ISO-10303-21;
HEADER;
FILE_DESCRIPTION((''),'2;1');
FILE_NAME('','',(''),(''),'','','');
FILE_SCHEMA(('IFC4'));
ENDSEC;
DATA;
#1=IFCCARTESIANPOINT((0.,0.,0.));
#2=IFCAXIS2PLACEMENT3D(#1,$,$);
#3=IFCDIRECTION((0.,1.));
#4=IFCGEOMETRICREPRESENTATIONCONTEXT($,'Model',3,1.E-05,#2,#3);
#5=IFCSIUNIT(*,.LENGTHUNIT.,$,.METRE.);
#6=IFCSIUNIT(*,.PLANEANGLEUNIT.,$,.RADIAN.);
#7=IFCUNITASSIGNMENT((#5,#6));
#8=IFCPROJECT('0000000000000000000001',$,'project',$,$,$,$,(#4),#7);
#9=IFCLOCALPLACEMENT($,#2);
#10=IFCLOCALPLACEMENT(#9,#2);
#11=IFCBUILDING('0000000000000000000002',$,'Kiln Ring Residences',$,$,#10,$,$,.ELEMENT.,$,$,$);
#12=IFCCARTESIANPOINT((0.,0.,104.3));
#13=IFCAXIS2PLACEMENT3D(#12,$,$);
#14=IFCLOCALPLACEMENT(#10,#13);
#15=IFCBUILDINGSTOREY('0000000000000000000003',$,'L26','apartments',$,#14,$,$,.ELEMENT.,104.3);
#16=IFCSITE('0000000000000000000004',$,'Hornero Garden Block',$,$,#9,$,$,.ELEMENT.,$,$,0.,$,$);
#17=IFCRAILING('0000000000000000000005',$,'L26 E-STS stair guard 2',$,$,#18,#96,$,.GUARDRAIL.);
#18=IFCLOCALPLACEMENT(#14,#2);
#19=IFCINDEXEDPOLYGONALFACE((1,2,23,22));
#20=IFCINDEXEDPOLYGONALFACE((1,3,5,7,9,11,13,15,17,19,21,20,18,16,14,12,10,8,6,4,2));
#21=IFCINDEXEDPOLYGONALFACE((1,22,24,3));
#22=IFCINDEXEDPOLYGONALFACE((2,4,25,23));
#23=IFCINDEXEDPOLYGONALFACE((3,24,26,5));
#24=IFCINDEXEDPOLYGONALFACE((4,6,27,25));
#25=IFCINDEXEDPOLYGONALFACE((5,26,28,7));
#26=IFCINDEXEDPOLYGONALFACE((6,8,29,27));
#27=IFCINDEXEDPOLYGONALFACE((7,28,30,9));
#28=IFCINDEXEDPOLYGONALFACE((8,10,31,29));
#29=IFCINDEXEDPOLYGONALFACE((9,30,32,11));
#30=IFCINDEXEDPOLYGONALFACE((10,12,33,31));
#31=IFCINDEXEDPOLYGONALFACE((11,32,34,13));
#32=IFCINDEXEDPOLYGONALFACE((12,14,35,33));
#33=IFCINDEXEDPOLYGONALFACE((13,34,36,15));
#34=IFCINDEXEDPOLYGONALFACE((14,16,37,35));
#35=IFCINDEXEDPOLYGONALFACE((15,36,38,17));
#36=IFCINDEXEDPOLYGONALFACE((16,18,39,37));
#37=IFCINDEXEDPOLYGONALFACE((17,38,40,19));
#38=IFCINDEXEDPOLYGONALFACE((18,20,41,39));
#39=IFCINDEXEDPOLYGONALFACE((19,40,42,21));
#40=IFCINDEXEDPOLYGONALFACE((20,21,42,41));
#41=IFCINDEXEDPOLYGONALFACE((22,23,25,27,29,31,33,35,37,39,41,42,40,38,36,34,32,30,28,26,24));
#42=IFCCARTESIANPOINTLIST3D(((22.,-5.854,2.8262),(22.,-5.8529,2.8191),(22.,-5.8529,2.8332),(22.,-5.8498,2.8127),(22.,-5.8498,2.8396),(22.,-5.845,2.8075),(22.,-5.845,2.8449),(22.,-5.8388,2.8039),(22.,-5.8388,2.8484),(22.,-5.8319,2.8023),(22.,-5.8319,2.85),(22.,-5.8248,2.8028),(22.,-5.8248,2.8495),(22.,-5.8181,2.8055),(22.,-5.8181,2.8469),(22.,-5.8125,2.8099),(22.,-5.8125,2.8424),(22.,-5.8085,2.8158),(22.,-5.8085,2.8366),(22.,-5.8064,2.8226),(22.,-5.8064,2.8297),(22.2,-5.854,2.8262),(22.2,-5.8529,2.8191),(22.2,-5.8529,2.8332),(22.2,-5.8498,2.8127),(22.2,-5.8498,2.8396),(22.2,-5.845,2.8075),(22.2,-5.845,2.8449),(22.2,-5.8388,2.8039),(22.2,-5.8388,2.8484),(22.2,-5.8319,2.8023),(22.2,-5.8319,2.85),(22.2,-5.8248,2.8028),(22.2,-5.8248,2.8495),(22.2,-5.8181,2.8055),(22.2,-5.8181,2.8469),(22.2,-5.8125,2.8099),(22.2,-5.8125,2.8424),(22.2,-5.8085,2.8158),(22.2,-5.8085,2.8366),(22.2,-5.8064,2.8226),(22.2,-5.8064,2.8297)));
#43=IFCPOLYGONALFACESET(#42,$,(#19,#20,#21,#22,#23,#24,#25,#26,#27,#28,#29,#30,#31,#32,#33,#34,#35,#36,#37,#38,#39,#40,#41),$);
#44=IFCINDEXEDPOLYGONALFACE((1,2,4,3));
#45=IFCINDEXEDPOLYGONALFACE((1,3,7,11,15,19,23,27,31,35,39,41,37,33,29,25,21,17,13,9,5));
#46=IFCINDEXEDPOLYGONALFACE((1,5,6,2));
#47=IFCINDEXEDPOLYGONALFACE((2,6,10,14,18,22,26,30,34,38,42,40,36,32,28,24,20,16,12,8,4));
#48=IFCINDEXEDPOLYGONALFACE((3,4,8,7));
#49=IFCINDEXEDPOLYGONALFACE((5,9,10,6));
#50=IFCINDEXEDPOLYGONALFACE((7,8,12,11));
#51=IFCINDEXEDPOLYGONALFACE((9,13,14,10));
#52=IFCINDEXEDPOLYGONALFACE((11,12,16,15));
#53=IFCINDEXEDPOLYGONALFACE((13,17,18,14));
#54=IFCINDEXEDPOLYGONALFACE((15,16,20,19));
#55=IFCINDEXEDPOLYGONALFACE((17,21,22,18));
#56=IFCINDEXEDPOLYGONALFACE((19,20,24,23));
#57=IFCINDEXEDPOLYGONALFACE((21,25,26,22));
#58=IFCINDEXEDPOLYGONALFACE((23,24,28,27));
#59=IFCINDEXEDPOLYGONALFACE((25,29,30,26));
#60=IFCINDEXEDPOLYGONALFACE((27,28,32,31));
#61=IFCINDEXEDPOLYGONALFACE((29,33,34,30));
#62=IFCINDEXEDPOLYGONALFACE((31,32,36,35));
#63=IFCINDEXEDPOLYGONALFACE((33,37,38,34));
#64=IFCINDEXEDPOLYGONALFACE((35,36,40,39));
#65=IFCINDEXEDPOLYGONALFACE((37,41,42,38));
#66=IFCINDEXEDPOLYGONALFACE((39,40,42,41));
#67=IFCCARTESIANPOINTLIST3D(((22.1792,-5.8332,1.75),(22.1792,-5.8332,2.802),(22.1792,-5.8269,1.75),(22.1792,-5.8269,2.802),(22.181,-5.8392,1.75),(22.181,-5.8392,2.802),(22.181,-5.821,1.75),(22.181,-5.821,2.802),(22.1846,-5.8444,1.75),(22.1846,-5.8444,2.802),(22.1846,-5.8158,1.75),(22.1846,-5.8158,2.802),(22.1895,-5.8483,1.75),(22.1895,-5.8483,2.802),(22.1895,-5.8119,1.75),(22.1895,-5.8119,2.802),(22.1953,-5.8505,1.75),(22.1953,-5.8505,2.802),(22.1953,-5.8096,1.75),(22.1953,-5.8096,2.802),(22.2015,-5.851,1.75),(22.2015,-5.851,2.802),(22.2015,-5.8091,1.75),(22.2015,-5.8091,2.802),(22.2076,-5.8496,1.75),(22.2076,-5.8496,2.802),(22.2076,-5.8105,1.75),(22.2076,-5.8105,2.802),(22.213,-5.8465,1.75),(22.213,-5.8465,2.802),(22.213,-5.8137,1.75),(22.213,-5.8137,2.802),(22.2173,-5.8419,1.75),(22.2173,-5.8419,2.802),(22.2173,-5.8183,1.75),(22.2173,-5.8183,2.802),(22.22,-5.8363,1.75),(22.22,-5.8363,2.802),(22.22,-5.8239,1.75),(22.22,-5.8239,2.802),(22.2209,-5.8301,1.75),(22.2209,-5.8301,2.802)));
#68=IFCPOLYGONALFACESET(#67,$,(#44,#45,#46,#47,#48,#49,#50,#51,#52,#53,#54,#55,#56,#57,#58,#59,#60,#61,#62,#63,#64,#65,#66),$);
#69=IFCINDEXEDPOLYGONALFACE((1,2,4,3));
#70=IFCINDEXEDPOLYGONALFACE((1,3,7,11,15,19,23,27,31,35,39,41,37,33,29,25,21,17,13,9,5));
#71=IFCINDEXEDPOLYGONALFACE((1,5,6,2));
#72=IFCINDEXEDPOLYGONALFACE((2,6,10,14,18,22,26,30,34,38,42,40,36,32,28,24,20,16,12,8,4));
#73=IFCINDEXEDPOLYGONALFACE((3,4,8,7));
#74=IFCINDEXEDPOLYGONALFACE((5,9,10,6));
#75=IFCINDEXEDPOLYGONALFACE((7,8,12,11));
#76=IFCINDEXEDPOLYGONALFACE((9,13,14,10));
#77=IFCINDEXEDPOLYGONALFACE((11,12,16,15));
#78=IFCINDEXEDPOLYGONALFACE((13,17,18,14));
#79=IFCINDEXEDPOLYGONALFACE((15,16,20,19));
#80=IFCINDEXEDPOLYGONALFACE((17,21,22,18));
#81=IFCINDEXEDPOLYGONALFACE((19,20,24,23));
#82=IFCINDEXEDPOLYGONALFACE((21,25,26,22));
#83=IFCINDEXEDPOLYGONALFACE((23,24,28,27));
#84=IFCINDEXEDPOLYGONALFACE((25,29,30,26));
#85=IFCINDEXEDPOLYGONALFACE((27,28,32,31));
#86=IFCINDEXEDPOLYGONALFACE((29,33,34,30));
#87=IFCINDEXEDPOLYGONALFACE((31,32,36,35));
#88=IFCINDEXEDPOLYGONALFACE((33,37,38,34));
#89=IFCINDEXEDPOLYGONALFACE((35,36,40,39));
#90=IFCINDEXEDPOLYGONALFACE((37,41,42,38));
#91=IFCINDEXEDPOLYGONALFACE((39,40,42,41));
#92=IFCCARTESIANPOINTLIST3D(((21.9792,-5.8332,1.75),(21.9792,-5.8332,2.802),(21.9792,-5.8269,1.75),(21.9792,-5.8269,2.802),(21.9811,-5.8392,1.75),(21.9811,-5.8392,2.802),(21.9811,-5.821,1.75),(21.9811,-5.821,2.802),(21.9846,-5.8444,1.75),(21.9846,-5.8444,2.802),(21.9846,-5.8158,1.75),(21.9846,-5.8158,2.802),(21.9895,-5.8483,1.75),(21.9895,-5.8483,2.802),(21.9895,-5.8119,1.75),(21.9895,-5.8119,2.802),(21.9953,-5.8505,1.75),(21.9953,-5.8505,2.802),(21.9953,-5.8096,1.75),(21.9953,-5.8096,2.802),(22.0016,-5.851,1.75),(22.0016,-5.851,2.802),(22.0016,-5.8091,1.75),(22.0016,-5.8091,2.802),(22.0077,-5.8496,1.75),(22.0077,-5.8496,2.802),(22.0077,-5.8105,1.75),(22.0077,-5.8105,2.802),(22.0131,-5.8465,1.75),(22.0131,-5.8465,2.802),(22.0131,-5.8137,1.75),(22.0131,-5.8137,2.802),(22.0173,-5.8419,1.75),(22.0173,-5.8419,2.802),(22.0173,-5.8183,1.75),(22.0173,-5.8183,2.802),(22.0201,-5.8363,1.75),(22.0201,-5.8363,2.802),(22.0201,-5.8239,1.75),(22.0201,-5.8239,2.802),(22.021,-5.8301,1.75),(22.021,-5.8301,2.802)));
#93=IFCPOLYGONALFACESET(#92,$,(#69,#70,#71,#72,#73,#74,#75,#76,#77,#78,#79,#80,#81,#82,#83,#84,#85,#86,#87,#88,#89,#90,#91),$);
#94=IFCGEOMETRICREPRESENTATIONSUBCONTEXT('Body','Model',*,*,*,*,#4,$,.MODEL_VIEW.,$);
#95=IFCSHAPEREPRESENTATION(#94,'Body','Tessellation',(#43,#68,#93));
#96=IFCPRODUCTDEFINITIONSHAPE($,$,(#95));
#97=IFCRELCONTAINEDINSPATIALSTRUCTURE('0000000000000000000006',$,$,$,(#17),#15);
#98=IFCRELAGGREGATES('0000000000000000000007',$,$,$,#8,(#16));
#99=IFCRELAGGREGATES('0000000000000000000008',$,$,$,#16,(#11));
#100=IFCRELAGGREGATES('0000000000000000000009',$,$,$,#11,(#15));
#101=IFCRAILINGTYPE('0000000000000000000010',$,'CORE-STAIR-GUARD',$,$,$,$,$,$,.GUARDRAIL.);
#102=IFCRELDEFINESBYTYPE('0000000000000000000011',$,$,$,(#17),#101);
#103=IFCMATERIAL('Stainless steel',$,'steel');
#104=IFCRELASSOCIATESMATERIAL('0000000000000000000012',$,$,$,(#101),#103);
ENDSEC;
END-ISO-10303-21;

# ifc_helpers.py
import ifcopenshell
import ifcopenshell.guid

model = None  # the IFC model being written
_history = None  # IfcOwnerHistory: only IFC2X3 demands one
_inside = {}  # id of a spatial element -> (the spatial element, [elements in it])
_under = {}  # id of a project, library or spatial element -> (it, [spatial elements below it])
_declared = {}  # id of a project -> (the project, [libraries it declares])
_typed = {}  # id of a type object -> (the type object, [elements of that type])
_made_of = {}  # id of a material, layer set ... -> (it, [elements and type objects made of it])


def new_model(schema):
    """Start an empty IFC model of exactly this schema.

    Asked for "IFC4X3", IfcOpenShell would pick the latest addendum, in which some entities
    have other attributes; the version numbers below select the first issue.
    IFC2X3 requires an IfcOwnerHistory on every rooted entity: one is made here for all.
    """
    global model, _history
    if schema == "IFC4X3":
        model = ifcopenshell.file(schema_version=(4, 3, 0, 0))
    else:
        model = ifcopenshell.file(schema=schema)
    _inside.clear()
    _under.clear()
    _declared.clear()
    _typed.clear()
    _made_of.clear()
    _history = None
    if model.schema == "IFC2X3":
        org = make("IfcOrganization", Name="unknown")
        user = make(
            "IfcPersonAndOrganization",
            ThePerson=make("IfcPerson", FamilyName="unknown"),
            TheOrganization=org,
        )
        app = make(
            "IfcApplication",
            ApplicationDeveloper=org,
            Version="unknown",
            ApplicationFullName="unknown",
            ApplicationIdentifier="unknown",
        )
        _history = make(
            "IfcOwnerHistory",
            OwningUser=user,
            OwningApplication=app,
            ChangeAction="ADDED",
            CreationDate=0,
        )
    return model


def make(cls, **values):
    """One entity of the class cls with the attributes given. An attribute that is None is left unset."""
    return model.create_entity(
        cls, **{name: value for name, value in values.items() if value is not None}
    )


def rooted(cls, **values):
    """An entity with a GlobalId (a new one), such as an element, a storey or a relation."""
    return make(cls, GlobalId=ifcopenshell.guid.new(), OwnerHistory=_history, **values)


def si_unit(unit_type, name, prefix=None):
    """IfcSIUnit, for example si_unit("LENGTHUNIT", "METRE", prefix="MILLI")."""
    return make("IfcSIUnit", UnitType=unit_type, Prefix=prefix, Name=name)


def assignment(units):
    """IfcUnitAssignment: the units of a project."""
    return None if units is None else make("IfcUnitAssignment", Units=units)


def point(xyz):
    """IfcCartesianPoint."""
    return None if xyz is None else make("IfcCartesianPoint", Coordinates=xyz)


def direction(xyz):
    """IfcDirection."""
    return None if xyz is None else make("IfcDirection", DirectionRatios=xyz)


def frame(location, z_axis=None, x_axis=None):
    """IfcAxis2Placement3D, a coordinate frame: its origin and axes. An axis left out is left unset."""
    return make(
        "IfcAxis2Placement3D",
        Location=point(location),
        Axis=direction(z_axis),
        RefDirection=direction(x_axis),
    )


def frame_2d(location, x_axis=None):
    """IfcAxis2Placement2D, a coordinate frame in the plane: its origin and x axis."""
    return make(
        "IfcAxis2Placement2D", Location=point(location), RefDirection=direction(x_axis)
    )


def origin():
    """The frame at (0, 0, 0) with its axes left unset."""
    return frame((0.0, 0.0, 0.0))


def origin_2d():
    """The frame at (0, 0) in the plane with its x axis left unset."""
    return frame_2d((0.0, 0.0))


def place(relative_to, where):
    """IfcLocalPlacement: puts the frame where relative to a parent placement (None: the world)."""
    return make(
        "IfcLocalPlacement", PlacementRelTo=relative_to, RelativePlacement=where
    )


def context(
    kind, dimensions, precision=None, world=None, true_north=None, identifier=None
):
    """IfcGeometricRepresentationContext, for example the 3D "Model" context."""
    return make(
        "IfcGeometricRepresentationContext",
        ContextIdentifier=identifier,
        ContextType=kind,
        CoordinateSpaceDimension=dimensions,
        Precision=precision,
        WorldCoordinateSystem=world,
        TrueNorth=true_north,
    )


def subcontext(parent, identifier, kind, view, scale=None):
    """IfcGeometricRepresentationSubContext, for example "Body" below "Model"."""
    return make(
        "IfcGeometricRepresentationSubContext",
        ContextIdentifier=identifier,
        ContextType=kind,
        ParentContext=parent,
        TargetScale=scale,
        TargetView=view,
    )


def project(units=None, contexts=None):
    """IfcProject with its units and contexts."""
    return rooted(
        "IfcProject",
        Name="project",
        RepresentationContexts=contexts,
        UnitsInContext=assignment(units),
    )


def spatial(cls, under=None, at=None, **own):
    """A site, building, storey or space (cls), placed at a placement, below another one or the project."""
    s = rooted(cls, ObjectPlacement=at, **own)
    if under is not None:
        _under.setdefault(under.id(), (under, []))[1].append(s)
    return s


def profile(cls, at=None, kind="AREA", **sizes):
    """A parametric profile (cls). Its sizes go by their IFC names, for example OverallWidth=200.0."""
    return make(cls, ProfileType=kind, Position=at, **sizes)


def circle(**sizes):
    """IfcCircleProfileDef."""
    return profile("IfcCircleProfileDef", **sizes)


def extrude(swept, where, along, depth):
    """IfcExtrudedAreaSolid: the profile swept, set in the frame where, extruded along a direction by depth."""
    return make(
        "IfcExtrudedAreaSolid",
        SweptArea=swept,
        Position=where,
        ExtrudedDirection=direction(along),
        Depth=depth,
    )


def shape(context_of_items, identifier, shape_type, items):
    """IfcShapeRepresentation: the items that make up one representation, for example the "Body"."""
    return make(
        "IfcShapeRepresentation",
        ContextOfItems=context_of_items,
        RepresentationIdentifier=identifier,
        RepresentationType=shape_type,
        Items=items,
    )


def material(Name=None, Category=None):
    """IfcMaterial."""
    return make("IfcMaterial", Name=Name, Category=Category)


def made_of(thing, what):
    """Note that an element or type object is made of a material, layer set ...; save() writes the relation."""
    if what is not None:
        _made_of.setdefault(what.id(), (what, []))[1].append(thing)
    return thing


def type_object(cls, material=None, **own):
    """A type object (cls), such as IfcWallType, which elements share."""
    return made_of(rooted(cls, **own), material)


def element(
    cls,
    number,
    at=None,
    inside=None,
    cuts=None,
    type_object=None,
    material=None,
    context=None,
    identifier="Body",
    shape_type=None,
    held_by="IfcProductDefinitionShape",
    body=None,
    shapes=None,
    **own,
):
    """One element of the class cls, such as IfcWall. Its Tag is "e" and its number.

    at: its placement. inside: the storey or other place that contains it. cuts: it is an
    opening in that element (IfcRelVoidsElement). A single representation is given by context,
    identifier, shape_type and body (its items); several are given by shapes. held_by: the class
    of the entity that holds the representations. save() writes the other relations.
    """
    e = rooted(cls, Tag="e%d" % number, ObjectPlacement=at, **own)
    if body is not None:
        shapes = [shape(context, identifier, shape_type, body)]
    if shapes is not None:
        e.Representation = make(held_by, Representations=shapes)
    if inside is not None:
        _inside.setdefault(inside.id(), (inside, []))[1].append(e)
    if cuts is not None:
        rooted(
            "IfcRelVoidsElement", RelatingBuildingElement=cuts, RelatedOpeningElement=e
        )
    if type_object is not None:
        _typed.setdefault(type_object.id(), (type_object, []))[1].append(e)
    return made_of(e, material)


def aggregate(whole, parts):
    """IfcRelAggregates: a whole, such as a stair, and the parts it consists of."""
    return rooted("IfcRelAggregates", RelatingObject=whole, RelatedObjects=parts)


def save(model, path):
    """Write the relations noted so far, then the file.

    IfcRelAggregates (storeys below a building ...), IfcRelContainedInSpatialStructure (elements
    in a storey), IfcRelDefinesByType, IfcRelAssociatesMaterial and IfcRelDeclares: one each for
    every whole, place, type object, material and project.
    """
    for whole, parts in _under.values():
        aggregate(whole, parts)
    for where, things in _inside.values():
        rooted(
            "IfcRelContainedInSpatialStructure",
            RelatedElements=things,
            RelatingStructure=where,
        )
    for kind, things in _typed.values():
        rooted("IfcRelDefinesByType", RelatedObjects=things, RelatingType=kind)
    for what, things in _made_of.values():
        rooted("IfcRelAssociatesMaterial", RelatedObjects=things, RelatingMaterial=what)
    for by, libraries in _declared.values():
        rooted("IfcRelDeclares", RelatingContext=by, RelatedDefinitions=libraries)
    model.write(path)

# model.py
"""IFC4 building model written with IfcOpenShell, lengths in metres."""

from ifc_helpers import new_model, si_unit, direction, frame, origin, origin_2d, place, context, subcontext, project, spatial, circle, extrude, material, type_object, element, save


model = new_model("IFC4")

# Units and contexts
model_context = context("Model", 3, precision=1e-05, world=origin(), true_north=direction((0.0, 1.0)))
body_context = subcontext(model_context, "Body", "Model", "MODEL_VIEW")
ifc_project = project(units=[si_unit("LENGTHUNIT", "METRE"), si_unit("PLANEANGLEUNIT", "RADIAN")], contexts=[model_context])

# Site, building, storey
site_placement = place(None, origin())
site = spatial("IfcSite", under=ifc_project, at=site_placement, Name="Hornero Garden Block", CompositionType="ELEMENT", RefElevation=0.0)
building_placement = place(site_placement, origin())
building = spatial("IfcBuilding", under=site, at=building_placement, Name="Kiln Ring Residences", CompositionType="ELEMENT")
storey_placement = place(building_placement, frame((0.0, 0.0, 104.3)))
storey = spatial("IfcBuildingStorey", under=building, at=storey_placement, Name="L26", Description="apartments", CompositionType="ELEMENT", Elevation=104.3)

# Railing
ifc_material_1 = material(Name="Stainless steel", Category="steel")
railing_type_1 = type_object("IfcRailingType", Name="CORE-STAIR-GUARD", PredefinedType="GUARDRAIL", material=ifc_material_1)
railing_1_placement = place(storey_placement, frame((22.2, -5.8301, 1.75)))
element("IfcRailing", 1, at=railing_1_placement, inside=storey, type_object=railing_type_1, Name="L26 E-STS stair guard 2", PredefinedType="GUARDRAIL", context=body_context, shape_type="SweptSolid", body=[
    extrude(circle(Radius=0.0239, at=origin_2d()), frame((0.0, 0.0, 1.0762), z_axis=(-1.0, 0.0, 0.0), x_axis=(0.0, -1.0, 0.0)), (0.0, 0.0, 1.0), 0.2),
    extrude(circle(Radius=0.021, at=origin_2d()), origin(), (0.0, 0.0, 1.0), 1.052),
    extrude(circle(Radius=0.021, at=origin_2d()), frame((-0.2, 0.0, 0.0)), (0.0, 0.0, 1.0), 1.052),
])

save(model, "model.ifc")
